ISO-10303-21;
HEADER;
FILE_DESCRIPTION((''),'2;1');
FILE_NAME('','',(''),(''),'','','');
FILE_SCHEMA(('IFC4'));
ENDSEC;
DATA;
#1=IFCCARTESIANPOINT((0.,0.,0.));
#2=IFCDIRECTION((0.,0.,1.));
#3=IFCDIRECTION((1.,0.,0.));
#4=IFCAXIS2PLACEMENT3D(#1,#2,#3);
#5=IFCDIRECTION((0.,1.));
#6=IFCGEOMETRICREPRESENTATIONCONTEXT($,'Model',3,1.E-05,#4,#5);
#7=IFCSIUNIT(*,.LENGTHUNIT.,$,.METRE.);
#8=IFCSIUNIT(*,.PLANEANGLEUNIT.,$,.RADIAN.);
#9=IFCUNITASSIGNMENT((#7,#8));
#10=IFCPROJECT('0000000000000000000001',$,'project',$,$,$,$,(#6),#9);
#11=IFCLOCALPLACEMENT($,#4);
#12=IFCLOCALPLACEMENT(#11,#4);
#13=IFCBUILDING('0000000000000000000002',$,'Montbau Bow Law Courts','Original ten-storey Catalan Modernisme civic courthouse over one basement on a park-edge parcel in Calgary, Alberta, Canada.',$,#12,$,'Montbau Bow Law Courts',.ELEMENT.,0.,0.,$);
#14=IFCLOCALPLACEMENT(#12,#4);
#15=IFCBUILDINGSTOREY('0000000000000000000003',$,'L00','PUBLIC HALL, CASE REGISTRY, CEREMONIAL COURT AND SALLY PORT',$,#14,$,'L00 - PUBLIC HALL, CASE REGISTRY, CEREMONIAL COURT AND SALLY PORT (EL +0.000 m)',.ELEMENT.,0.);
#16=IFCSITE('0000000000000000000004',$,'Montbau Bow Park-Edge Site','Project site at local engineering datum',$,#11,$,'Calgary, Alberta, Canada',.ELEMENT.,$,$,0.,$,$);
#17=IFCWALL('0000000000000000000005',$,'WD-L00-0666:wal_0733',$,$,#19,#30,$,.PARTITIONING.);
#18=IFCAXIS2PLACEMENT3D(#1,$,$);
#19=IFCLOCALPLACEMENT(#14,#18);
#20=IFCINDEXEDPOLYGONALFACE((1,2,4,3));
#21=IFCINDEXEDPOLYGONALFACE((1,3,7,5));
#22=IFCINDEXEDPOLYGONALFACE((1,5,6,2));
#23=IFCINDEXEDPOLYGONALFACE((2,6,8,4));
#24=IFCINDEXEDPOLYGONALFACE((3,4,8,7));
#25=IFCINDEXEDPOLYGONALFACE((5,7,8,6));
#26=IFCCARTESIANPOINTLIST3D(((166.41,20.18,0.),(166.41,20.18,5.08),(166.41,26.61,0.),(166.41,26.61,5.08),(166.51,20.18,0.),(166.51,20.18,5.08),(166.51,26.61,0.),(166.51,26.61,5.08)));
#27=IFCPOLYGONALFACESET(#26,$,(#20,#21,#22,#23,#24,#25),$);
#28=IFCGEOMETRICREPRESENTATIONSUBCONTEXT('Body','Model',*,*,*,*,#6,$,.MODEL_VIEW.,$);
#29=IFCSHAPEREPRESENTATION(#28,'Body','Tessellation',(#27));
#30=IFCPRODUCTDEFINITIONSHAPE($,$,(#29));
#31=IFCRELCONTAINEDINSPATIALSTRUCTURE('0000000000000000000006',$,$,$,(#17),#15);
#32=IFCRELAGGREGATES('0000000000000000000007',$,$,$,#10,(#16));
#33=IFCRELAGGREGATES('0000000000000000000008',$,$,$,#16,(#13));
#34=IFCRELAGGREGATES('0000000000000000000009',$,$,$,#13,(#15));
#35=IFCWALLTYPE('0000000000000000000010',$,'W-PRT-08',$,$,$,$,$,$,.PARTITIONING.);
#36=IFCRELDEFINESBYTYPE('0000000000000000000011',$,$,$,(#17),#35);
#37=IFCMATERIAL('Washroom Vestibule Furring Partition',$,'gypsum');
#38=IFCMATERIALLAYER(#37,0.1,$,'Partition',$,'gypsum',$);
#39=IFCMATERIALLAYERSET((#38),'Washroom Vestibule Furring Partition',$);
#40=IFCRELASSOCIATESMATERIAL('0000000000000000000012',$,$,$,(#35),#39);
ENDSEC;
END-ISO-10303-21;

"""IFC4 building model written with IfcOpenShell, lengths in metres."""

from ifc_helpers import new_model, si_unit, direction, frame, frame_2d, origin_with_axes, place, context, subcontext, project, spatial, rectangle, extrude, material, layer, layer_set, type_object, element, save


model = new_model("IFC4")

# Units and contexts
model_context = context("Model", 3, precision=1e-05, world=origin_with_axes(), true_north=direction((0.0, 1.0)))
body_context = subcontext(model_context, "Body", "Model", "MODEL_VIEW")
ifc_project = project(units=[si_unit("LENGTHUNIT", "METRE"), si_unit("PLANEANGLEUNIT", "RADIAN")], contexts=[model_context])

# Site, building, storey
site_placement = place(None, origin_with_axes())
site = spatial("IfcSite", under=ifc_project, at=site_placement, Name="Montbau Bow Park-Edge Site", Description="Project site at local engineering datum", LongName="Calgary, Alberta, Canada", CompositionType="ELEMENT", RefElevation=0.0)
building_placement = place(site_placement, origin_with_axes())
building = spatial("IfcBuilding", under=site, at=building_placement, Name="Montbau Bow Law Courts", Description="Original ten-storey Catalan Modernisme civic courthouse over one basement on a park-edge parcel in Calgary, Alberta, Canada.", LongName="Montbau Bow Law Courts", CompositionType="ELEMENT", ElevationOfRefHeight=0.0, ElevationOfTerrain=0.0)
storey_placement = place(building_placement, origin_with_axes())
storey = spatial("IfcBuildingStorey", under=building, at=storey_placement, Name="L00", Description="PUBLIC HALL, CASE REGISTRY, CEREMONIAL COURT AND SALLY PORT", LongName="L00 - PUBLIC HALL, CASE REGISTRY, CEREMONIAL COURT AND SALLY PORT (EL +0.000 m)", CompositionType="ELEMENT", Elevation=0.0)

# Wall
ifc_material_1 = material(Name="Washroom Vestibule Furring Partition", Category="gypsum")
ifc_layer = layer(ifc_material_1, 0.1, Name="Partition", Category="gypsum")
ifc_layer_set = layer_set([ifc_layer], Name="Washroom Vestibule Furring Partition")
wall_type = type_object("IfcWallType", Name="W-PRT-08", PredefinedType="PARTITIONING", material=ifc_layer_set)
wall_placement = place(None, frame((166.46, 20.18, 0.0), z_axis=(0.0, 0.0, 1.0), x_axis=(0.0, 1.0, 0.0)))
element("IfcWall", 1, at=wall_placement, inside=storey, type_object=wall_type, Name="WD-L00-0666:wal_0733", PredefinedType="PARTITIONING", context=body_context, shape_type="SweptSolid", body=[
    extrude(rectangle(XDim=6.43, YDim=0.1, at=frame_2d((3.215, 0.0), x_axis=(1.0, 0.0))), origin_with_axes(), (0.0, 0.0, 1.0), 5.08),
])

save(model, "model.ifc")
